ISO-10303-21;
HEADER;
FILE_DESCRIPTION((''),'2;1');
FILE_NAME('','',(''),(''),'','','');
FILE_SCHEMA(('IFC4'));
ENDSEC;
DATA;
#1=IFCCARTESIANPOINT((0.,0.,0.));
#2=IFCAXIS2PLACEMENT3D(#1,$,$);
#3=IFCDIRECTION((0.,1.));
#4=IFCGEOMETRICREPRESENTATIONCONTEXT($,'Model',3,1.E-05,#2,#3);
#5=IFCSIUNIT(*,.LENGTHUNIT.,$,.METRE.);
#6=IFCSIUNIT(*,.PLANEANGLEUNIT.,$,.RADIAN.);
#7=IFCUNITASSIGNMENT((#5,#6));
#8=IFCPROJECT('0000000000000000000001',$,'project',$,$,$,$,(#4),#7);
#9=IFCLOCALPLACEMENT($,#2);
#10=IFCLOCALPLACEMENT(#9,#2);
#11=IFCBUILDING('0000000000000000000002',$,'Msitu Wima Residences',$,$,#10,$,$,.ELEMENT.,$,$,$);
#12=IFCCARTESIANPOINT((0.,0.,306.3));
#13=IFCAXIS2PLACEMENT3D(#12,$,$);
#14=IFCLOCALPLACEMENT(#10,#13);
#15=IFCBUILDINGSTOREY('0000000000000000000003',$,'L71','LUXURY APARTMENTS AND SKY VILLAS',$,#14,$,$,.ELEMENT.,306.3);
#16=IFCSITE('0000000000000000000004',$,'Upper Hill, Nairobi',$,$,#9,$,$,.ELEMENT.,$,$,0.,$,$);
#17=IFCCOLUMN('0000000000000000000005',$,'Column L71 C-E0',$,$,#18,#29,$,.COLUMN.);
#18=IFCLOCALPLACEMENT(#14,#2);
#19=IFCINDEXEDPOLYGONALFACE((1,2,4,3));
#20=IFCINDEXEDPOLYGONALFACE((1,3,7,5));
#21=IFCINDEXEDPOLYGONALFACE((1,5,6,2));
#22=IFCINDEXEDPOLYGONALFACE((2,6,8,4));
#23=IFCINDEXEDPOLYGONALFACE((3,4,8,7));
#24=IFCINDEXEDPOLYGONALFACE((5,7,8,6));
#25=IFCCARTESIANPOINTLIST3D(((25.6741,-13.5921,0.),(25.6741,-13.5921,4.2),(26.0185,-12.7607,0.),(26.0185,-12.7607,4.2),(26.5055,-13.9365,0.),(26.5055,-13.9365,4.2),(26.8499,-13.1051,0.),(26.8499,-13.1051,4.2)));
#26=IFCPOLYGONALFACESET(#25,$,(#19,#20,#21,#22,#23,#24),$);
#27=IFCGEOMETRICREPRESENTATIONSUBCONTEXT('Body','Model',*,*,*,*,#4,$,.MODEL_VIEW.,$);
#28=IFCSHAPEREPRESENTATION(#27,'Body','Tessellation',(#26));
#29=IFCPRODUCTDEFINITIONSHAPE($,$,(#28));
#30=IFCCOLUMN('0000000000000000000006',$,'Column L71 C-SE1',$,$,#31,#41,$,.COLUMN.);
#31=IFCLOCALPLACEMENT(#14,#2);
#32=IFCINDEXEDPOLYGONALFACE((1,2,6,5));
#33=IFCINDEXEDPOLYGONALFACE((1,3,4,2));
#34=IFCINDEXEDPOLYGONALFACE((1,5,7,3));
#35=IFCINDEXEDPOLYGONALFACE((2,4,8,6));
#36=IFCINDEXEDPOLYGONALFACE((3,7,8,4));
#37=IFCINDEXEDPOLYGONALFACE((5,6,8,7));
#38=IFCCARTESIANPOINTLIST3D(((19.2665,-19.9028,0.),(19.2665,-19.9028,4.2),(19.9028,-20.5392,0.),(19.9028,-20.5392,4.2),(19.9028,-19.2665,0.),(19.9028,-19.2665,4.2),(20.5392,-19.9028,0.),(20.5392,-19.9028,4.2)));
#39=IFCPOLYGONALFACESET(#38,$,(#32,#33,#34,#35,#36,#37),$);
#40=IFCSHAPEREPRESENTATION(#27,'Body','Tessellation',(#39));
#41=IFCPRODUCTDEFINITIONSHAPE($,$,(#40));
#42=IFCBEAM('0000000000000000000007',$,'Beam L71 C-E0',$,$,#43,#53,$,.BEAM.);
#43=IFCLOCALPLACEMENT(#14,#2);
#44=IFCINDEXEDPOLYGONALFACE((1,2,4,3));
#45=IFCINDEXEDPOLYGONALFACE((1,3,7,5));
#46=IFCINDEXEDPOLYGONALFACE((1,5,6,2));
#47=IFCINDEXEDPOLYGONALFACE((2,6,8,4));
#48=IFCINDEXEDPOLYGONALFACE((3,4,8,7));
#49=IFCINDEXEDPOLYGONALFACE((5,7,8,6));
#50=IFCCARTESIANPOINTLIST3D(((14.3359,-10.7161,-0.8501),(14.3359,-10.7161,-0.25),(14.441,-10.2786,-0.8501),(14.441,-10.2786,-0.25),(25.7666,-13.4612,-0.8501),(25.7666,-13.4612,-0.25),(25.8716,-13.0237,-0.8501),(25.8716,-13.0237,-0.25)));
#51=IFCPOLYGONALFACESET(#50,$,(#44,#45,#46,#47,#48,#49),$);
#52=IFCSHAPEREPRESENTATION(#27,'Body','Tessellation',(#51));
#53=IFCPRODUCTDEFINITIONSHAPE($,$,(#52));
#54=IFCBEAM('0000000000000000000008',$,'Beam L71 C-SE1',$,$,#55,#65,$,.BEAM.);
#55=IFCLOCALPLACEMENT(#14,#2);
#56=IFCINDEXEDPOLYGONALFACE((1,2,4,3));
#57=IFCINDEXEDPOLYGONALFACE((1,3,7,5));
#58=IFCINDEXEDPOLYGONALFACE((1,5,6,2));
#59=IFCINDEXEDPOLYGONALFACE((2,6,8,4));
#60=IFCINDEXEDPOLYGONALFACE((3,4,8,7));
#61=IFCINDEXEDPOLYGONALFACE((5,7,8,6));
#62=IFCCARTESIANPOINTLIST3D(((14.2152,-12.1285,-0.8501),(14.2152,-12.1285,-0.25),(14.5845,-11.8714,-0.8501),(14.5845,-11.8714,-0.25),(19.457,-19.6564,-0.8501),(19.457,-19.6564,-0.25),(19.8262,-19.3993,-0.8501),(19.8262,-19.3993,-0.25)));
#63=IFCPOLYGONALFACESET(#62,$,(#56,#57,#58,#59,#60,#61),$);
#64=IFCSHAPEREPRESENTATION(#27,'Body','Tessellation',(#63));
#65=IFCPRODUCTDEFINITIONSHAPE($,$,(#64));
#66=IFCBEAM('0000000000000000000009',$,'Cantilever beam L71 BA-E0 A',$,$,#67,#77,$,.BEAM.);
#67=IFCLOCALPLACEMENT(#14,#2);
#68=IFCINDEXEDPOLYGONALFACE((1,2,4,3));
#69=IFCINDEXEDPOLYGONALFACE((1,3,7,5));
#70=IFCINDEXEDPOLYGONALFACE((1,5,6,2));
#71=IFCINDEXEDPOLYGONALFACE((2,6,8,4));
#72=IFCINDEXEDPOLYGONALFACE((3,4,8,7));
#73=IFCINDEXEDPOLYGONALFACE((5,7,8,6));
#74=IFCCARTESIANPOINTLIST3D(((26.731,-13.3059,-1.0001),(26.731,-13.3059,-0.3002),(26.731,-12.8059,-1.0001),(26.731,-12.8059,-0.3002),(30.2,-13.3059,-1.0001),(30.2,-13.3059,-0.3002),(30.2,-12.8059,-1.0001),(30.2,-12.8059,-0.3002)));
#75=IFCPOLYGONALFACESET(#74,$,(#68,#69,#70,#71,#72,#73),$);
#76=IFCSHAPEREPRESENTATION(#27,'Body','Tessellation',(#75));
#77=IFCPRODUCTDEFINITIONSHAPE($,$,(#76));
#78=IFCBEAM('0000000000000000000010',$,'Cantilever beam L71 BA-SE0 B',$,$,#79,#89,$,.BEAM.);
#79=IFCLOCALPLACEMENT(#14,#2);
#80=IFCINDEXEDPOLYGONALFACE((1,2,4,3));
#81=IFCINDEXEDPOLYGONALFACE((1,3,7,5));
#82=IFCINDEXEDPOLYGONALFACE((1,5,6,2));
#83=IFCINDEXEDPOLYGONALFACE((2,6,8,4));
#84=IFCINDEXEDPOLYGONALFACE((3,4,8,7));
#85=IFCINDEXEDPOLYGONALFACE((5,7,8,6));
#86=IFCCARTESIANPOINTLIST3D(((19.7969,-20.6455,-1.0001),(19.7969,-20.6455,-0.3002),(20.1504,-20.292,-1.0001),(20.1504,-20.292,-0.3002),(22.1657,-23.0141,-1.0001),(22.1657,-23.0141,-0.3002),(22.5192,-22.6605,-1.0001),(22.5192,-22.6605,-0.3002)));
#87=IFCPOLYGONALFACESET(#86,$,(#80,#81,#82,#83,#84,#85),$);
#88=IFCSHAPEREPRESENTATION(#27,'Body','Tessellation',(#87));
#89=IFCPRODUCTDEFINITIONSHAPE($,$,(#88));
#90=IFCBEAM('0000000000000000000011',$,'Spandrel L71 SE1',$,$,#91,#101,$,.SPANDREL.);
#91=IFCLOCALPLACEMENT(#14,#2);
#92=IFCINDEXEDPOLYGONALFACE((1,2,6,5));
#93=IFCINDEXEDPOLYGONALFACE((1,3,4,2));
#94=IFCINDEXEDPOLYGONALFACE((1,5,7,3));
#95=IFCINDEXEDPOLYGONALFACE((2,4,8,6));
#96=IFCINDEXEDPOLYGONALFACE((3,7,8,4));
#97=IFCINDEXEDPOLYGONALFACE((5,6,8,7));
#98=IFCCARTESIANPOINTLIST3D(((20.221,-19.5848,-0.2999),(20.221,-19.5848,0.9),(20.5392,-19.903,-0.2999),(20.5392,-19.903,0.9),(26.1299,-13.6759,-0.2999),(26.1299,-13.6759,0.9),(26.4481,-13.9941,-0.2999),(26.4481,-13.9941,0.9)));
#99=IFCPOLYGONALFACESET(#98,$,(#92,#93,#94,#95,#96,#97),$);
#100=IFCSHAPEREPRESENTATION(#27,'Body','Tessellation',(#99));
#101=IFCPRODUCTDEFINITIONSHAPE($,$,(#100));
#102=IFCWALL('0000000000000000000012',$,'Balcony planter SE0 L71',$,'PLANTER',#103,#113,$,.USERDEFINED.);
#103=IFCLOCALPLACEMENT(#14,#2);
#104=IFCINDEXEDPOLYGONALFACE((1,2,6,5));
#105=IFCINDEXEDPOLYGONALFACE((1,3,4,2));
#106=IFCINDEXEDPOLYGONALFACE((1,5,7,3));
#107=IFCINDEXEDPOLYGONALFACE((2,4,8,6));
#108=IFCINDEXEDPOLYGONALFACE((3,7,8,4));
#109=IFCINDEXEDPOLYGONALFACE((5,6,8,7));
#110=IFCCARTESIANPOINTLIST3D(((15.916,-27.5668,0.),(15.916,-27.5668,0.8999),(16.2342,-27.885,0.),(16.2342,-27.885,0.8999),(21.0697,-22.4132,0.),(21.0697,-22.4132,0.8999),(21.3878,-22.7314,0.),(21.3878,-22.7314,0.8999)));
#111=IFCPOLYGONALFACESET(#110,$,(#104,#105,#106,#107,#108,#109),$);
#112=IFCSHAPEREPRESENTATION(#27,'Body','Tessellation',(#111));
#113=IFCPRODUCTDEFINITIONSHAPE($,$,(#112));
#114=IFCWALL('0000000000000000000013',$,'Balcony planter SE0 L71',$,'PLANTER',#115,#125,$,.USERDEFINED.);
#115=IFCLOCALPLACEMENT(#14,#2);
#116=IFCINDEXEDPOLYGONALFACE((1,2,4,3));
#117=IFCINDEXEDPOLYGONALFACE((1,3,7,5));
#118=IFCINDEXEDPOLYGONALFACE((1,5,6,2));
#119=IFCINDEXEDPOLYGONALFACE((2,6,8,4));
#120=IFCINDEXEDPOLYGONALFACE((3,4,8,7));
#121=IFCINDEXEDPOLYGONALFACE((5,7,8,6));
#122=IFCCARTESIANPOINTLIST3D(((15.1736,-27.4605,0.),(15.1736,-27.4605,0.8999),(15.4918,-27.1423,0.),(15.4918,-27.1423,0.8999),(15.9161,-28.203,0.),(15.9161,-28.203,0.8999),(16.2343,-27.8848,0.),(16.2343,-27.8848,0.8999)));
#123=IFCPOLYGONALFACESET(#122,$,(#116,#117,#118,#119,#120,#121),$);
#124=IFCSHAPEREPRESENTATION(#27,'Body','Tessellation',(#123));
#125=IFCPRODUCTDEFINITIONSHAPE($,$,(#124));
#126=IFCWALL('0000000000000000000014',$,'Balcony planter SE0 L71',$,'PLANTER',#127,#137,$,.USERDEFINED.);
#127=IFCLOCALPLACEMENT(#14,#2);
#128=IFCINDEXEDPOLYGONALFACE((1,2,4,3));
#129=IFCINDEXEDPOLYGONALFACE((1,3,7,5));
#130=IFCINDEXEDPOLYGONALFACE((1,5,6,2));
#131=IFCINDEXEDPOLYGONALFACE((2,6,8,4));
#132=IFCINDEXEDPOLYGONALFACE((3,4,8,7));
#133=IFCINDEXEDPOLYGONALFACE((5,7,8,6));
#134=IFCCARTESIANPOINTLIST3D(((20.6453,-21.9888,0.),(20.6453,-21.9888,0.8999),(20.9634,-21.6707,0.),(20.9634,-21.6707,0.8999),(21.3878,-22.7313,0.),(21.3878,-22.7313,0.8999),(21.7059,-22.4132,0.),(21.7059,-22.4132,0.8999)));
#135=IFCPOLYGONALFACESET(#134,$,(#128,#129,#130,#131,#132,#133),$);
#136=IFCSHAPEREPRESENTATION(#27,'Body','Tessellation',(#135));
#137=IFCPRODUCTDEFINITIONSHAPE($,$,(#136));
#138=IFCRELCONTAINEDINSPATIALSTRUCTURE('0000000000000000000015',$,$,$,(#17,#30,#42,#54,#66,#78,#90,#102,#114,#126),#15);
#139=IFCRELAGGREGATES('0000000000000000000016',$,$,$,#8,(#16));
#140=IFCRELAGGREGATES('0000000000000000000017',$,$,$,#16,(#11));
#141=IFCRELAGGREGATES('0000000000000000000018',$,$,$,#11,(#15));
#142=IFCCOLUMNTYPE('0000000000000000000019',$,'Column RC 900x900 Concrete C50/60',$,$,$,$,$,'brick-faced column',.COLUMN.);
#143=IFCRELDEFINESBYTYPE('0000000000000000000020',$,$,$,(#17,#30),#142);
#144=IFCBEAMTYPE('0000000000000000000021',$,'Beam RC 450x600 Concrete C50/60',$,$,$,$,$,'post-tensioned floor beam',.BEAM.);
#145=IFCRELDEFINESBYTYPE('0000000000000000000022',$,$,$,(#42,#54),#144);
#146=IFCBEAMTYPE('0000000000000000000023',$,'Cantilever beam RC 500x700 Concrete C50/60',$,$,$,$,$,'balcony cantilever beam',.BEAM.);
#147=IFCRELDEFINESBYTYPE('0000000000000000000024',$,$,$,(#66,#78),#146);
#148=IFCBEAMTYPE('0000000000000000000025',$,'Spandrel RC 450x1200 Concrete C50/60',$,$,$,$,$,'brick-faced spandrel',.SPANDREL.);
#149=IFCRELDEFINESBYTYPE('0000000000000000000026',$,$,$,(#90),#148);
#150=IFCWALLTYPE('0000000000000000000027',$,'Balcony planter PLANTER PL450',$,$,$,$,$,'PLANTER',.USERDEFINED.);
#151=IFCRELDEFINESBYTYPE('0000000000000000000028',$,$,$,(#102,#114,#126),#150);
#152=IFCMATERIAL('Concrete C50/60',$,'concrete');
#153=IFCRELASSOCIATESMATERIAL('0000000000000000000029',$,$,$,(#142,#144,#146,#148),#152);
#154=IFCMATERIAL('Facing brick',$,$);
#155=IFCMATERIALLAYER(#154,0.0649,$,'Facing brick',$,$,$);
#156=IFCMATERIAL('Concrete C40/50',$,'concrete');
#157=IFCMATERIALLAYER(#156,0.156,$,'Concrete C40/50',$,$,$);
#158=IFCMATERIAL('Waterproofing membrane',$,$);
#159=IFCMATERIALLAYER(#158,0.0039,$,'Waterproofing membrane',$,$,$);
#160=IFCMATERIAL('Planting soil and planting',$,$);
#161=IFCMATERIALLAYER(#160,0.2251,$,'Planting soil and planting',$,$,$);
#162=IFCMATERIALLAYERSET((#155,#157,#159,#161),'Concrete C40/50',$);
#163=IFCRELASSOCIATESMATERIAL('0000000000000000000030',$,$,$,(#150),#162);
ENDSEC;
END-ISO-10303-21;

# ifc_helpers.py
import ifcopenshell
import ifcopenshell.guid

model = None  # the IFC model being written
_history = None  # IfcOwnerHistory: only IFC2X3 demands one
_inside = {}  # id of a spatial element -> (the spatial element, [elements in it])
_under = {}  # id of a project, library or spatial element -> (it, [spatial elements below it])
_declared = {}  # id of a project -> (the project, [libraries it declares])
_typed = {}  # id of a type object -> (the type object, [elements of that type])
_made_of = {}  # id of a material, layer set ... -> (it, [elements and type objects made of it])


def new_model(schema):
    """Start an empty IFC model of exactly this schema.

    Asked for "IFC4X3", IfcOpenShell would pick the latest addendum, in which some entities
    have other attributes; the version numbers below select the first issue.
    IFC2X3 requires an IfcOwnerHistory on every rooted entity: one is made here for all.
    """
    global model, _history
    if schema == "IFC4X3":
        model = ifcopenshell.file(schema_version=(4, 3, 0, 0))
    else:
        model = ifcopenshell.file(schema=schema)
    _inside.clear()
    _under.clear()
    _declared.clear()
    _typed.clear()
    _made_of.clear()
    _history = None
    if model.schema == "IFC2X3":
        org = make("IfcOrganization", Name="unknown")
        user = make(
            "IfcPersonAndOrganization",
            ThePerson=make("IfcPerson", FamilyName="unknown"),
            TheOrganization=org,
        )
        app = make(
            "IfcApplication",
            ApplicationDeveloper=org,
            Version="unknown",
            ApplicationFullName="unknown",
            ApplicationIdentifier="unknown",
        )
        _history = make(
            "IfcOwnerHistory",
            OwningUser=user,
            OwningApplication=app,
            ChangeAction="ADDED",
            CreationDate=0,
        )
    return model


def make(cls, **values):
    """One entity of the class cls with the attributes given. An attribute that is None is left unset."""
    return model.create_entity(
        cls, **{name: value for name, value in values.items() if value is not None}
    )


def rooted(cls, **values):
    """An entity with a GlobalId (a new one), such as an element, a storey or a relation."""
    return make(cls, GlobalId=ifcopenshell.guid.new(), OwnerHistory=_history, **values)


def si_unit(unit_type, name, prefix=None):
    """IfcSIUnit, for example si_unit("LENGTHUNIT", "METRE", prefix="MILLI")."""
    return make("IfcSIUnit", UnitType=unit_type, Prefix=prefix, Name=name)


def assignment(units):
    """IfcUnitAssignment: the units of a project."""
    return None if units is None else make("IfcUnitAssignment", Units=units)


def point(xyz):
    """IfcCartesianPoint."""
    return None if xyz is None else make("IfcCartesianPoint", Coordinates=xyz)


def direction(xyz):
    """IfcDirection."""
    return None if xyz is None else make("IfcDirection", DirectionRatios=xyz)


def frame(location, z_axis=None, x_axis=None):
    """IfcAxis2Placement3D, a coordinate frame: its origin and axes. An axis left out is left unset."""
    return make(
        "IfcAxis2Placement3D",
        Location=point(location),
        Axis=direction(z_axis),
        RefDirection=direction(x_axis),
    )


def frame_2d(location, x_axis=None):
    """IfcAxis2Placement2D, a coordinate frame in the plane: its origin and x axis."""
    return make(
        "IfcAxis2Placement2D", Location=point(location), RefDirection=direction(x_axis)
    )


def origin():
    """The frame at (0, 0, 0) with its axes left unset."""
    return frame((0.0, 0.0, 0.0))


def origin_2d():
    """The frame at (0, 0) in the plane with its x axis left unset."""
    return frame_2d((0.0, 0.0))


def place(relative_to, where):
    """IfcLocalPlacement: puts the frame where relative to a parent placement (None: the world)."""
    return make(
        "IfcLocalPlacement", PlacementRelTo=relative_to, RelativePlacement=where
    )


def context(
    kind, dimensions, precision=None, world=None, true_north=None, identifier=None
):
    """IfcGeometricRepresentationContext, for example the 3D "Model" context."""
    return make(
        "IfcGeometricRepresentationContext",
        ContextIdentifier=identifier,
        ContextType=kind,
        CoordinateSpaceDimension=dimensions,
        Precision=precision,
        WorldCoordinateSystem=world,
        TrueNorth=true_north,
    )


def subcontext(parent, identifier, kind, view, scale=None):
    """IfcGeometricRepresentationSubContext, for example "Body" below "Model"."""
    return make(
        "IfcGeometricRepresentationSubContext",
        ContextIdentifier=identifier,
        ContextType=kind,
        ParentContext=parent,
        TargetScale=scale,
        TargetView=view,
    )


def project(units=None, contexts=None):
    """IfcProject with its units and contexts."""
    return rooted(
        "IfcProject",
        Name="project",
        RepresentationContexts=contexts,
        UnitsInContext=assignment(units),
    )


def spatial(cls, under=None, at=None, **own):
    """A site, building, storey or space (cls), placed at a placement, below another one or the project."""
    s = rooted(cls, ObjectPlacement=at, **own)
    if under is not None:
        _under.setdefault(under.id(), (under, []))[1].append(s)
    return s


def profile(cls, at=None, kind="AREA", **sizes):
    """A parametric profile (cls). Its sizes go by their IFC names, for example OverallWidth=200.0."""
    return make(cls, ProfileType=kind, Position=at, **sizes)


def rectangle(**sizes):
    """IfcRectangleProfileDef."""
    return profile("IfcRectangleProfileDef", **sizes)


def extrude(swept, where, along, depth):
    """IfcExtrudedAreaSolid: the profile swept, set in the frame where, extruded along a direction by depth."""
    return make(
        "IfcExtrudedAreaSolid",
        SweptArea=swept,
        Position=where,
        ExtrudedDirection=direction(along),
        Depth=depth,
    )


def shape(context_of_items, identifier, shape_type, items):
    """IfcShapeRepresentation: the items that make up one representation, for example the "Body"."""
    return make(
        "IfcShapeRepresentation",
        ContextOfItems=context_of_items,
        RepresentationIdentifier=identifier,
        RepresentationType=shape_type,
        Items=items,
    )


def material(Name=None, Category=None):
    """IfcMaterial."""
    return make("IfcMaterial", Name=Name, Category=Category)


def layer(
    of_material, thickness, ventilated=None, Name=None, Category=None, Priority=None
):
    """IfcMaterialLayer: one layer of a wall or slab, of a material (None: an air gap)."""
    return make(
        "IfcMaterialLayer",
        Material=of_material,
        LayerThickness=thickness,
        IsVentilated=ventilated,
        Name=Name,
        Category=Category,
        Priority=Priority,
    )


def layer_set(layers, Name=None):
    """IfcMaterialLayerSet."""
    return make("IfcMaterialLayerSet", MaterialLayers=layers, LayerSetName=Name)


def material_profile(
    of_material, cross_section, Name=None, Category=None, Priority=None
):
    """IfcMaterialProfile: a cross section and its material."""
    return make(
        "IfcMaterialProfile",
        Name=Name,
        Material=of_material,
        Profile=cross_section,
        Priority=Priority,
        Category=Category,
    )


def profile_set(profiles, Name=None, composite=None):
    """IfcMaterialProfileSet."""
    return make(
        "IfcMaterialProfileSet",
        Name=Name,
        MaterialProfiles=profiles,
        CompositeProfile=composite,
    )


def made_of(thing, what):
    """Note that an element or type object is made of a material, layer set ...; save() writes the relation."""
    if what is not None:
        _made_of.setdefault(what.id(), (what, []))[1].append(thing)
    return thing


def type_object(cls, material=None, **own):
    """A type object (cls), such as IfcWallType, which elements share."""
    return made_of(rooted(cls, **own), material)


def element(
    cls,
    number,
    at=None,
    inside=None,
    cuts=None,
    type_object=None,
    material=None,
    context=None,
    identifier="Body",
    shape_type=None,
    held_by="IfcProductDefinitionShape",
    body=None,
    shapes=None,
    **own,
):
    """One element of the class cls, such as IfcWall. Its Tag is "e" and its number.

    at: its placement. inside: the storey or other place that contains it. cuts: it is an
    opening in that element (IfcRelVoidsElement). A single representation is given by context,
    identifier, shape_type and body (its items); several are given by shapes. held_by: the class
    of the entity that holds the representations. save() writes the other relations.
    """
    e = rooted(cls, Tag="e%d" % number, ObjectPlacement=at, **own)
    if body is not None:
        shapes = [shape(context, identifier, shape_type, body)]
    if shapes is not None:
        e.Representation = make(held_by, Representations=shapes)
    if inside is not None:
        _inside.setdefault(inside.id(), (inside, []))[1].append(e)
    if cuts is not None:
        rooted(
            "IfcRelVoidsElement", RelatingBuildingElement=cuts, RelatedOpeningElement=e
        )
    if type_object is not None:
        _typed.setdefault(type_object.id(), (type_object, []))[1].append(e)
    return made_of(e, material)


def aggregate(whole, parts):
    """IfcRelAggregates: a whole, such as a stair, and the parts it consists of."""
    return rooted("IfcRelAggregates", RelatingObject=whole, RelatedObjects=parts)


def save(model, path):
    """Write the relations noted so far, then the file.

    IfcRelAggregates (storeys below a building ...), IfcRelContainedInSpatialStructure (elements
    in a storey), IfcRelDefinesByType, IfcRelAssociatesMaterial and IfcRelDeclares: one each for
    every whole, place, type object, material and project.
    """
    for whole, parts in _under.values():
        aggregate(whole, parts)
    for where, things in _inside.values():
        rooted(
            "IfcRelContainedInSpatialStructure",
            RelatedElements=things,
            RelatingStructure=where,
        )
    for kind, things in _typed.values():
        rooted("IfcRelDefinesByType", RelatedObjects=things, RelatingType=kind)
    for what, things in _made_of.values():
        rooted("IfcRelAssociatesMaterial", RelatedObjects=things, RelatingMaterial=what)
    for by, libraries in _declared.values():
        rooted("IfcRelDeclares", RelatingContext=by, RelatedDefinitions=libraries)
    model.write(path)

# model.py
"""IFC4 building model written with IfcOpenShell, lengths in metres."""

from ifc_helpers import new_model, si_unit, direction, frame, frame_2d, origin, origin_2d, place, context, subcontext, project, spatial, rectangle, extrude, material, layer, layer_set, material_profile, profile_set, type_object, element, save


model = new_model("IFC4")

# Units and contexts
model_context = context("Model", 3, precision=1e-05, world=origin(), true_north=direction((0.0, 1.0)))
body_context = subcontext(model_context, "Body", "Model", "MODEL_VIEW")
ifc_project = project(units=[si_unit("LENGTHUNIT", "METRE"), si_unit("PLANEANGLEUNIT", "RADIAN")], contexts=[model_context])

# Site, building, storey
site_placement = place(None, origin())
site = spatial("IfcSite", under=ifc_project, at=site_placement, Name="Upper Hill, Nairobi", CompositionType="ELEMENT", RefElevation=0.0)
building_placement = place(site_placement, origin())
building = spatial("IfcBuilding", under=site, at=building_placement, Name="Msitu Wima Residences", CompositionType="ELEMENT")
storey_placement = place(building_placement, frame((0.0, 0.0, 306.3)))
storey = spatial("IfcBuildingStorey", under=building, at=storey_placement, Name="L71", Description="LUXURY APARTMENTS AND SKY VILLAS", CompositionType="ELEMENT", Elevation=306.3)

# Columns
ifc_material_1 = material(Name="Concrete C50/60", Category="concrete")
ifc_material_profile_1 = material_profile(ifc_material_1, rectangle(XDim=0.8999, YDim=0.8999, at=origin_2d()), Name="RC 900x900")
ifc_profile_set_1 = profile_set([ifc_material_profile_1], Name="Concrete C50/60")
column_type = type_object("IfcColumnType", Name="Column RC 900x900 Concrete C50/60", ElementType="brick-faced column", PredefinedType="COLUMN", material=ifc_profile_set_1)
for number, where, z_axis, x_axis, name in (
    (1, (26.262, -13.3486, 0.0), (0.0, 0.0, 1.0), (0.382683, 0.92388, 0.0), "Column L71 C-E0"),
    (2, (19.9028, -19.9028, 0.0), (0.0, 0.0, 1.0), (0.707107, 0.707107, 0.0), "Column L71 C-SE1"),
):
    element("IfcColumn", number, at=place(storey_placement, frame(where, z_axis=z_axis, x_axis=x_axis)), inside=storey, type_object=column_type, Name=name, PredefinedType="COLUMN", context=body_context, shape_type="SweptSolid", body=[
        extrude(rectangle(XDim=0.8999, YDim=0.8999, at=origin_2d()), origin(), (0.0, 0.0, 1.0), 4.2),
    ])

# Beams
ifc_material_profile_2 = material_profile(ifc_material_1, rectangle(XDim=0.45, YDim=0.6001, at=origin_2d()), Name="RC 450x600")
ifc_profile_set_2 = profile_set([ifc_material_profile_2], Name="Concrete C50/60")
beam_type_1 = type_object("IfcBeamType", Name="Beam RC 450x600 Concrete C50/60", ElementType="post-tensioned floor beam", PredefinedType="BEAM", material=ifc_profile_set_2)
beam_1_placement = place(storey_placement, frame((25.8191, -13.2424, -0.55), z_axis=(-0.972353, 0.233514, 0.0), x_axis=(-0.233514, -0.972353, 0.0)))
element("IfcBeam", 3, at=beam_1_placement, inside=storey, type_object=beam_type_1, Name="Beam L71 C-E0", PredefinedType="BEAM", context=body_context, shape_type="SweptSolid", body=[
    extrude(rectangle(XDim=0.45, YDim=0.6001, at=origin_2d()), origin(), (0.0, 0.0, 1.0), 11.7556),
])
beam_2_placement = place(storey_placement, frame((19.6416, -19.5278, -0.55), z_axis=(-0.571428, 0.820652, 0.0), x_axis=(-0.820652, -0.571428, 0.0)))
element("IfcBeam", 4, at=beam_2_placement, inside=storey, type_object=beam_type_1, Name="Beam L71 C-SE1", PredefinedType="BEAM", context=body_context, shape_type="SweptSolid", body=[
    extrude(rectangle(XDim=0.45, YDim=0.6001, at=origin_2d()), origin(), (0.0, 0.0, 1.0), 9.1731),
])
ifc_material_profile_3 = material_profile(ifc_material_1, rectangle(XDim=0.5, YDim=0.7, at=origin_2d()), Name="RC 500x700")
ifc_profile_set_3 = profile_set([ifc_material_profile_3], Name="Concrete C50/60")
beam_type_2 = type_object("IfcBeamType", Name="Cantilever beam RC 500x700 Concrete C50/60", ElementType="balcony cantilever beam", PredefinedType="BEAM", material=ifc_profile_set_3)
beam_3_placement = place(storey_placement, frame((26.731, -13.0559, -0.6501), z_axis=(1.0, 0.0, 0.0), x_axis=(0.0, 1.0, 0.0)))
element("IfcBeam", 5, at=beam_3_placement, inside=storey, type_object=beam_type_2, Name="Cantilever beam L71 BA-E0 A", PredefinedType="BEAM", context=body_context, shape_type="SweptSolid", body=[
    extrude(rectangle(XDim=0.5, YDim=0.7, at=origin_2d()), origin(), (0.0, 0.0, 1.0), 3.469),
])
beam_4_placement = place(storey_placement, frame((19.9736, -20.4688, -0.6501), z_axis=(0.707143, -0.70707, 0.0), x_axis=(0.70707, 0.707143, 0.0)))
element("IfcBeam", 6, at=beam_4_placement, inside=storey, type_object=beam_type_2, Name="Cantilever beam L71 BA-SE0 B", PredefinedType="BEAM", context=body_context, shape_type="SweptSolid", body=[
    extrude(rectangle(XDim=0.5, YDim=0.7, at=origin_2d()), origin(), (0.0, 0.0, 1.0), 3.3499),
])
ifc_material_profile_4 = material_profile(ifc_material_1, rectangle(XDim=0.45, YDim=1.2, at=origin_2d()), Name="RC 450x1200")
ifc_profile_set_4 = profile_set([ifc_material_profile_4], Name="Concrete C50/60")
beam_type_3 = type_object("IfcBeamType", Name="Spandrel RC 450x1200 Concrete C50/60", ElementType="brick-faced spandrel", PredefinedType="SPANDREL", material=ifc_profile_set_4)
beam_5_placement = place(storey_placement, frame((20.3801, -19.7439, 0.3), z_axis=(0.707107, 0.707107, 0.0), x_axis=(-0.707107, 0.707107, 0.0)))
element("IfcBeam", 7, at=beam_5_placement, inside=storey, type_object=beam_type_3, Name="Spandrel L71 SE1", PredefinedType="SPANDREL", context=body_context, shape_type="SweptSolid", body=[
    extrude(rectangle(XDim=0.45, YDim=1.2, at=origin_2d()), origin(), (0.0, 0.0, 1.0), 8.3564),
])

# Walls
ifc_material_2 = material(Name="Facing brick")
ifc_layer_1 = layer(ifc_material_2, 0.0649, Name="Facing brick")
ifc_material_3 = material(Name="Concrete C40/50", Category="concrete")
ifc_layer_2 = layer(ifc_material_3, 0.156, Name="Concrete C40/50")
ifc_material_4 = material(Name="Waterproofing membrane")
ifc_layer_3 = layer(ifc_material_4, 0.0039, Name="Waterproofing membrane")
ifc_material_5 = material(Name="Planting soil and planting")
ifc_layer_4 = layer(ifc_material_5, 0.2251, Name="Planting soil and planting")
ifc_layer_set_1 = layer_set([ifc_layer_1, ifc_layer_2, ifc_layer_3, ifc_layer_4], Name="Concrete C40/50")
wall_type_1 = type_object("IfcWallType", Name="Balcony planter PLANTER PL450", ElementType="PLANTER", PredefinedType="USERDEFINED", material=ifc_layer_set_1)
wall_1_placement = place(storey_placement, frame((16.0752, -27.7258, 0.0), z_axis=(0.0, 0.0, 1.0), x_axis=(0.707107, 0.707107, 0.0)))
element("IfcWall", 8, at=wall_1_placement, inside=storey, type_object=wall_type_1, Name="Balcony planter SE0 L71", ObjectType="PLANTER", PredefinedType="USERDEFINED", context=body_context, shape_type="SweptSolid", body=[
    extrude(rectangle(XDim=7.2883, YDim=0.45, at=frame_2d((3.644, 0.0))), origin(), (0.0, 0.0, 1.0), 0.8999),
])
for number, where, z_axis, x_axis, name in (
    (9, (15.3328, -27.3015, 0.0), (0.0, 0.0, 1.0), (0.707107, -0.707107, 0.0), "Balcony planter SE0 L71"),
    (10, (20.8044, -21.8298, 0.0), (0.0, 0.0, 1.0), (0.707107, -0.707107, 0.0), "Balcony planter SE0 L71"),
):
    element("IfcWall", number, at=place(storey_placement, frame(where, z_axis=z_axis, x_axis=x_axis)), inside=storey, type_object=wall_type_1, Name=name, ObjectType="PLANTER", PredefinedType="USERDEFINED", context=body_context, shape_type="SweptSolid", body=[
        extrude(rectangle(XDim=1.05, YDim=0.45, at=frame_2d((0.5249, 0.0))), origin(), (0.0, 0.0, 1.0), 0.8999),
    ])

save(model, "model.ifc")
